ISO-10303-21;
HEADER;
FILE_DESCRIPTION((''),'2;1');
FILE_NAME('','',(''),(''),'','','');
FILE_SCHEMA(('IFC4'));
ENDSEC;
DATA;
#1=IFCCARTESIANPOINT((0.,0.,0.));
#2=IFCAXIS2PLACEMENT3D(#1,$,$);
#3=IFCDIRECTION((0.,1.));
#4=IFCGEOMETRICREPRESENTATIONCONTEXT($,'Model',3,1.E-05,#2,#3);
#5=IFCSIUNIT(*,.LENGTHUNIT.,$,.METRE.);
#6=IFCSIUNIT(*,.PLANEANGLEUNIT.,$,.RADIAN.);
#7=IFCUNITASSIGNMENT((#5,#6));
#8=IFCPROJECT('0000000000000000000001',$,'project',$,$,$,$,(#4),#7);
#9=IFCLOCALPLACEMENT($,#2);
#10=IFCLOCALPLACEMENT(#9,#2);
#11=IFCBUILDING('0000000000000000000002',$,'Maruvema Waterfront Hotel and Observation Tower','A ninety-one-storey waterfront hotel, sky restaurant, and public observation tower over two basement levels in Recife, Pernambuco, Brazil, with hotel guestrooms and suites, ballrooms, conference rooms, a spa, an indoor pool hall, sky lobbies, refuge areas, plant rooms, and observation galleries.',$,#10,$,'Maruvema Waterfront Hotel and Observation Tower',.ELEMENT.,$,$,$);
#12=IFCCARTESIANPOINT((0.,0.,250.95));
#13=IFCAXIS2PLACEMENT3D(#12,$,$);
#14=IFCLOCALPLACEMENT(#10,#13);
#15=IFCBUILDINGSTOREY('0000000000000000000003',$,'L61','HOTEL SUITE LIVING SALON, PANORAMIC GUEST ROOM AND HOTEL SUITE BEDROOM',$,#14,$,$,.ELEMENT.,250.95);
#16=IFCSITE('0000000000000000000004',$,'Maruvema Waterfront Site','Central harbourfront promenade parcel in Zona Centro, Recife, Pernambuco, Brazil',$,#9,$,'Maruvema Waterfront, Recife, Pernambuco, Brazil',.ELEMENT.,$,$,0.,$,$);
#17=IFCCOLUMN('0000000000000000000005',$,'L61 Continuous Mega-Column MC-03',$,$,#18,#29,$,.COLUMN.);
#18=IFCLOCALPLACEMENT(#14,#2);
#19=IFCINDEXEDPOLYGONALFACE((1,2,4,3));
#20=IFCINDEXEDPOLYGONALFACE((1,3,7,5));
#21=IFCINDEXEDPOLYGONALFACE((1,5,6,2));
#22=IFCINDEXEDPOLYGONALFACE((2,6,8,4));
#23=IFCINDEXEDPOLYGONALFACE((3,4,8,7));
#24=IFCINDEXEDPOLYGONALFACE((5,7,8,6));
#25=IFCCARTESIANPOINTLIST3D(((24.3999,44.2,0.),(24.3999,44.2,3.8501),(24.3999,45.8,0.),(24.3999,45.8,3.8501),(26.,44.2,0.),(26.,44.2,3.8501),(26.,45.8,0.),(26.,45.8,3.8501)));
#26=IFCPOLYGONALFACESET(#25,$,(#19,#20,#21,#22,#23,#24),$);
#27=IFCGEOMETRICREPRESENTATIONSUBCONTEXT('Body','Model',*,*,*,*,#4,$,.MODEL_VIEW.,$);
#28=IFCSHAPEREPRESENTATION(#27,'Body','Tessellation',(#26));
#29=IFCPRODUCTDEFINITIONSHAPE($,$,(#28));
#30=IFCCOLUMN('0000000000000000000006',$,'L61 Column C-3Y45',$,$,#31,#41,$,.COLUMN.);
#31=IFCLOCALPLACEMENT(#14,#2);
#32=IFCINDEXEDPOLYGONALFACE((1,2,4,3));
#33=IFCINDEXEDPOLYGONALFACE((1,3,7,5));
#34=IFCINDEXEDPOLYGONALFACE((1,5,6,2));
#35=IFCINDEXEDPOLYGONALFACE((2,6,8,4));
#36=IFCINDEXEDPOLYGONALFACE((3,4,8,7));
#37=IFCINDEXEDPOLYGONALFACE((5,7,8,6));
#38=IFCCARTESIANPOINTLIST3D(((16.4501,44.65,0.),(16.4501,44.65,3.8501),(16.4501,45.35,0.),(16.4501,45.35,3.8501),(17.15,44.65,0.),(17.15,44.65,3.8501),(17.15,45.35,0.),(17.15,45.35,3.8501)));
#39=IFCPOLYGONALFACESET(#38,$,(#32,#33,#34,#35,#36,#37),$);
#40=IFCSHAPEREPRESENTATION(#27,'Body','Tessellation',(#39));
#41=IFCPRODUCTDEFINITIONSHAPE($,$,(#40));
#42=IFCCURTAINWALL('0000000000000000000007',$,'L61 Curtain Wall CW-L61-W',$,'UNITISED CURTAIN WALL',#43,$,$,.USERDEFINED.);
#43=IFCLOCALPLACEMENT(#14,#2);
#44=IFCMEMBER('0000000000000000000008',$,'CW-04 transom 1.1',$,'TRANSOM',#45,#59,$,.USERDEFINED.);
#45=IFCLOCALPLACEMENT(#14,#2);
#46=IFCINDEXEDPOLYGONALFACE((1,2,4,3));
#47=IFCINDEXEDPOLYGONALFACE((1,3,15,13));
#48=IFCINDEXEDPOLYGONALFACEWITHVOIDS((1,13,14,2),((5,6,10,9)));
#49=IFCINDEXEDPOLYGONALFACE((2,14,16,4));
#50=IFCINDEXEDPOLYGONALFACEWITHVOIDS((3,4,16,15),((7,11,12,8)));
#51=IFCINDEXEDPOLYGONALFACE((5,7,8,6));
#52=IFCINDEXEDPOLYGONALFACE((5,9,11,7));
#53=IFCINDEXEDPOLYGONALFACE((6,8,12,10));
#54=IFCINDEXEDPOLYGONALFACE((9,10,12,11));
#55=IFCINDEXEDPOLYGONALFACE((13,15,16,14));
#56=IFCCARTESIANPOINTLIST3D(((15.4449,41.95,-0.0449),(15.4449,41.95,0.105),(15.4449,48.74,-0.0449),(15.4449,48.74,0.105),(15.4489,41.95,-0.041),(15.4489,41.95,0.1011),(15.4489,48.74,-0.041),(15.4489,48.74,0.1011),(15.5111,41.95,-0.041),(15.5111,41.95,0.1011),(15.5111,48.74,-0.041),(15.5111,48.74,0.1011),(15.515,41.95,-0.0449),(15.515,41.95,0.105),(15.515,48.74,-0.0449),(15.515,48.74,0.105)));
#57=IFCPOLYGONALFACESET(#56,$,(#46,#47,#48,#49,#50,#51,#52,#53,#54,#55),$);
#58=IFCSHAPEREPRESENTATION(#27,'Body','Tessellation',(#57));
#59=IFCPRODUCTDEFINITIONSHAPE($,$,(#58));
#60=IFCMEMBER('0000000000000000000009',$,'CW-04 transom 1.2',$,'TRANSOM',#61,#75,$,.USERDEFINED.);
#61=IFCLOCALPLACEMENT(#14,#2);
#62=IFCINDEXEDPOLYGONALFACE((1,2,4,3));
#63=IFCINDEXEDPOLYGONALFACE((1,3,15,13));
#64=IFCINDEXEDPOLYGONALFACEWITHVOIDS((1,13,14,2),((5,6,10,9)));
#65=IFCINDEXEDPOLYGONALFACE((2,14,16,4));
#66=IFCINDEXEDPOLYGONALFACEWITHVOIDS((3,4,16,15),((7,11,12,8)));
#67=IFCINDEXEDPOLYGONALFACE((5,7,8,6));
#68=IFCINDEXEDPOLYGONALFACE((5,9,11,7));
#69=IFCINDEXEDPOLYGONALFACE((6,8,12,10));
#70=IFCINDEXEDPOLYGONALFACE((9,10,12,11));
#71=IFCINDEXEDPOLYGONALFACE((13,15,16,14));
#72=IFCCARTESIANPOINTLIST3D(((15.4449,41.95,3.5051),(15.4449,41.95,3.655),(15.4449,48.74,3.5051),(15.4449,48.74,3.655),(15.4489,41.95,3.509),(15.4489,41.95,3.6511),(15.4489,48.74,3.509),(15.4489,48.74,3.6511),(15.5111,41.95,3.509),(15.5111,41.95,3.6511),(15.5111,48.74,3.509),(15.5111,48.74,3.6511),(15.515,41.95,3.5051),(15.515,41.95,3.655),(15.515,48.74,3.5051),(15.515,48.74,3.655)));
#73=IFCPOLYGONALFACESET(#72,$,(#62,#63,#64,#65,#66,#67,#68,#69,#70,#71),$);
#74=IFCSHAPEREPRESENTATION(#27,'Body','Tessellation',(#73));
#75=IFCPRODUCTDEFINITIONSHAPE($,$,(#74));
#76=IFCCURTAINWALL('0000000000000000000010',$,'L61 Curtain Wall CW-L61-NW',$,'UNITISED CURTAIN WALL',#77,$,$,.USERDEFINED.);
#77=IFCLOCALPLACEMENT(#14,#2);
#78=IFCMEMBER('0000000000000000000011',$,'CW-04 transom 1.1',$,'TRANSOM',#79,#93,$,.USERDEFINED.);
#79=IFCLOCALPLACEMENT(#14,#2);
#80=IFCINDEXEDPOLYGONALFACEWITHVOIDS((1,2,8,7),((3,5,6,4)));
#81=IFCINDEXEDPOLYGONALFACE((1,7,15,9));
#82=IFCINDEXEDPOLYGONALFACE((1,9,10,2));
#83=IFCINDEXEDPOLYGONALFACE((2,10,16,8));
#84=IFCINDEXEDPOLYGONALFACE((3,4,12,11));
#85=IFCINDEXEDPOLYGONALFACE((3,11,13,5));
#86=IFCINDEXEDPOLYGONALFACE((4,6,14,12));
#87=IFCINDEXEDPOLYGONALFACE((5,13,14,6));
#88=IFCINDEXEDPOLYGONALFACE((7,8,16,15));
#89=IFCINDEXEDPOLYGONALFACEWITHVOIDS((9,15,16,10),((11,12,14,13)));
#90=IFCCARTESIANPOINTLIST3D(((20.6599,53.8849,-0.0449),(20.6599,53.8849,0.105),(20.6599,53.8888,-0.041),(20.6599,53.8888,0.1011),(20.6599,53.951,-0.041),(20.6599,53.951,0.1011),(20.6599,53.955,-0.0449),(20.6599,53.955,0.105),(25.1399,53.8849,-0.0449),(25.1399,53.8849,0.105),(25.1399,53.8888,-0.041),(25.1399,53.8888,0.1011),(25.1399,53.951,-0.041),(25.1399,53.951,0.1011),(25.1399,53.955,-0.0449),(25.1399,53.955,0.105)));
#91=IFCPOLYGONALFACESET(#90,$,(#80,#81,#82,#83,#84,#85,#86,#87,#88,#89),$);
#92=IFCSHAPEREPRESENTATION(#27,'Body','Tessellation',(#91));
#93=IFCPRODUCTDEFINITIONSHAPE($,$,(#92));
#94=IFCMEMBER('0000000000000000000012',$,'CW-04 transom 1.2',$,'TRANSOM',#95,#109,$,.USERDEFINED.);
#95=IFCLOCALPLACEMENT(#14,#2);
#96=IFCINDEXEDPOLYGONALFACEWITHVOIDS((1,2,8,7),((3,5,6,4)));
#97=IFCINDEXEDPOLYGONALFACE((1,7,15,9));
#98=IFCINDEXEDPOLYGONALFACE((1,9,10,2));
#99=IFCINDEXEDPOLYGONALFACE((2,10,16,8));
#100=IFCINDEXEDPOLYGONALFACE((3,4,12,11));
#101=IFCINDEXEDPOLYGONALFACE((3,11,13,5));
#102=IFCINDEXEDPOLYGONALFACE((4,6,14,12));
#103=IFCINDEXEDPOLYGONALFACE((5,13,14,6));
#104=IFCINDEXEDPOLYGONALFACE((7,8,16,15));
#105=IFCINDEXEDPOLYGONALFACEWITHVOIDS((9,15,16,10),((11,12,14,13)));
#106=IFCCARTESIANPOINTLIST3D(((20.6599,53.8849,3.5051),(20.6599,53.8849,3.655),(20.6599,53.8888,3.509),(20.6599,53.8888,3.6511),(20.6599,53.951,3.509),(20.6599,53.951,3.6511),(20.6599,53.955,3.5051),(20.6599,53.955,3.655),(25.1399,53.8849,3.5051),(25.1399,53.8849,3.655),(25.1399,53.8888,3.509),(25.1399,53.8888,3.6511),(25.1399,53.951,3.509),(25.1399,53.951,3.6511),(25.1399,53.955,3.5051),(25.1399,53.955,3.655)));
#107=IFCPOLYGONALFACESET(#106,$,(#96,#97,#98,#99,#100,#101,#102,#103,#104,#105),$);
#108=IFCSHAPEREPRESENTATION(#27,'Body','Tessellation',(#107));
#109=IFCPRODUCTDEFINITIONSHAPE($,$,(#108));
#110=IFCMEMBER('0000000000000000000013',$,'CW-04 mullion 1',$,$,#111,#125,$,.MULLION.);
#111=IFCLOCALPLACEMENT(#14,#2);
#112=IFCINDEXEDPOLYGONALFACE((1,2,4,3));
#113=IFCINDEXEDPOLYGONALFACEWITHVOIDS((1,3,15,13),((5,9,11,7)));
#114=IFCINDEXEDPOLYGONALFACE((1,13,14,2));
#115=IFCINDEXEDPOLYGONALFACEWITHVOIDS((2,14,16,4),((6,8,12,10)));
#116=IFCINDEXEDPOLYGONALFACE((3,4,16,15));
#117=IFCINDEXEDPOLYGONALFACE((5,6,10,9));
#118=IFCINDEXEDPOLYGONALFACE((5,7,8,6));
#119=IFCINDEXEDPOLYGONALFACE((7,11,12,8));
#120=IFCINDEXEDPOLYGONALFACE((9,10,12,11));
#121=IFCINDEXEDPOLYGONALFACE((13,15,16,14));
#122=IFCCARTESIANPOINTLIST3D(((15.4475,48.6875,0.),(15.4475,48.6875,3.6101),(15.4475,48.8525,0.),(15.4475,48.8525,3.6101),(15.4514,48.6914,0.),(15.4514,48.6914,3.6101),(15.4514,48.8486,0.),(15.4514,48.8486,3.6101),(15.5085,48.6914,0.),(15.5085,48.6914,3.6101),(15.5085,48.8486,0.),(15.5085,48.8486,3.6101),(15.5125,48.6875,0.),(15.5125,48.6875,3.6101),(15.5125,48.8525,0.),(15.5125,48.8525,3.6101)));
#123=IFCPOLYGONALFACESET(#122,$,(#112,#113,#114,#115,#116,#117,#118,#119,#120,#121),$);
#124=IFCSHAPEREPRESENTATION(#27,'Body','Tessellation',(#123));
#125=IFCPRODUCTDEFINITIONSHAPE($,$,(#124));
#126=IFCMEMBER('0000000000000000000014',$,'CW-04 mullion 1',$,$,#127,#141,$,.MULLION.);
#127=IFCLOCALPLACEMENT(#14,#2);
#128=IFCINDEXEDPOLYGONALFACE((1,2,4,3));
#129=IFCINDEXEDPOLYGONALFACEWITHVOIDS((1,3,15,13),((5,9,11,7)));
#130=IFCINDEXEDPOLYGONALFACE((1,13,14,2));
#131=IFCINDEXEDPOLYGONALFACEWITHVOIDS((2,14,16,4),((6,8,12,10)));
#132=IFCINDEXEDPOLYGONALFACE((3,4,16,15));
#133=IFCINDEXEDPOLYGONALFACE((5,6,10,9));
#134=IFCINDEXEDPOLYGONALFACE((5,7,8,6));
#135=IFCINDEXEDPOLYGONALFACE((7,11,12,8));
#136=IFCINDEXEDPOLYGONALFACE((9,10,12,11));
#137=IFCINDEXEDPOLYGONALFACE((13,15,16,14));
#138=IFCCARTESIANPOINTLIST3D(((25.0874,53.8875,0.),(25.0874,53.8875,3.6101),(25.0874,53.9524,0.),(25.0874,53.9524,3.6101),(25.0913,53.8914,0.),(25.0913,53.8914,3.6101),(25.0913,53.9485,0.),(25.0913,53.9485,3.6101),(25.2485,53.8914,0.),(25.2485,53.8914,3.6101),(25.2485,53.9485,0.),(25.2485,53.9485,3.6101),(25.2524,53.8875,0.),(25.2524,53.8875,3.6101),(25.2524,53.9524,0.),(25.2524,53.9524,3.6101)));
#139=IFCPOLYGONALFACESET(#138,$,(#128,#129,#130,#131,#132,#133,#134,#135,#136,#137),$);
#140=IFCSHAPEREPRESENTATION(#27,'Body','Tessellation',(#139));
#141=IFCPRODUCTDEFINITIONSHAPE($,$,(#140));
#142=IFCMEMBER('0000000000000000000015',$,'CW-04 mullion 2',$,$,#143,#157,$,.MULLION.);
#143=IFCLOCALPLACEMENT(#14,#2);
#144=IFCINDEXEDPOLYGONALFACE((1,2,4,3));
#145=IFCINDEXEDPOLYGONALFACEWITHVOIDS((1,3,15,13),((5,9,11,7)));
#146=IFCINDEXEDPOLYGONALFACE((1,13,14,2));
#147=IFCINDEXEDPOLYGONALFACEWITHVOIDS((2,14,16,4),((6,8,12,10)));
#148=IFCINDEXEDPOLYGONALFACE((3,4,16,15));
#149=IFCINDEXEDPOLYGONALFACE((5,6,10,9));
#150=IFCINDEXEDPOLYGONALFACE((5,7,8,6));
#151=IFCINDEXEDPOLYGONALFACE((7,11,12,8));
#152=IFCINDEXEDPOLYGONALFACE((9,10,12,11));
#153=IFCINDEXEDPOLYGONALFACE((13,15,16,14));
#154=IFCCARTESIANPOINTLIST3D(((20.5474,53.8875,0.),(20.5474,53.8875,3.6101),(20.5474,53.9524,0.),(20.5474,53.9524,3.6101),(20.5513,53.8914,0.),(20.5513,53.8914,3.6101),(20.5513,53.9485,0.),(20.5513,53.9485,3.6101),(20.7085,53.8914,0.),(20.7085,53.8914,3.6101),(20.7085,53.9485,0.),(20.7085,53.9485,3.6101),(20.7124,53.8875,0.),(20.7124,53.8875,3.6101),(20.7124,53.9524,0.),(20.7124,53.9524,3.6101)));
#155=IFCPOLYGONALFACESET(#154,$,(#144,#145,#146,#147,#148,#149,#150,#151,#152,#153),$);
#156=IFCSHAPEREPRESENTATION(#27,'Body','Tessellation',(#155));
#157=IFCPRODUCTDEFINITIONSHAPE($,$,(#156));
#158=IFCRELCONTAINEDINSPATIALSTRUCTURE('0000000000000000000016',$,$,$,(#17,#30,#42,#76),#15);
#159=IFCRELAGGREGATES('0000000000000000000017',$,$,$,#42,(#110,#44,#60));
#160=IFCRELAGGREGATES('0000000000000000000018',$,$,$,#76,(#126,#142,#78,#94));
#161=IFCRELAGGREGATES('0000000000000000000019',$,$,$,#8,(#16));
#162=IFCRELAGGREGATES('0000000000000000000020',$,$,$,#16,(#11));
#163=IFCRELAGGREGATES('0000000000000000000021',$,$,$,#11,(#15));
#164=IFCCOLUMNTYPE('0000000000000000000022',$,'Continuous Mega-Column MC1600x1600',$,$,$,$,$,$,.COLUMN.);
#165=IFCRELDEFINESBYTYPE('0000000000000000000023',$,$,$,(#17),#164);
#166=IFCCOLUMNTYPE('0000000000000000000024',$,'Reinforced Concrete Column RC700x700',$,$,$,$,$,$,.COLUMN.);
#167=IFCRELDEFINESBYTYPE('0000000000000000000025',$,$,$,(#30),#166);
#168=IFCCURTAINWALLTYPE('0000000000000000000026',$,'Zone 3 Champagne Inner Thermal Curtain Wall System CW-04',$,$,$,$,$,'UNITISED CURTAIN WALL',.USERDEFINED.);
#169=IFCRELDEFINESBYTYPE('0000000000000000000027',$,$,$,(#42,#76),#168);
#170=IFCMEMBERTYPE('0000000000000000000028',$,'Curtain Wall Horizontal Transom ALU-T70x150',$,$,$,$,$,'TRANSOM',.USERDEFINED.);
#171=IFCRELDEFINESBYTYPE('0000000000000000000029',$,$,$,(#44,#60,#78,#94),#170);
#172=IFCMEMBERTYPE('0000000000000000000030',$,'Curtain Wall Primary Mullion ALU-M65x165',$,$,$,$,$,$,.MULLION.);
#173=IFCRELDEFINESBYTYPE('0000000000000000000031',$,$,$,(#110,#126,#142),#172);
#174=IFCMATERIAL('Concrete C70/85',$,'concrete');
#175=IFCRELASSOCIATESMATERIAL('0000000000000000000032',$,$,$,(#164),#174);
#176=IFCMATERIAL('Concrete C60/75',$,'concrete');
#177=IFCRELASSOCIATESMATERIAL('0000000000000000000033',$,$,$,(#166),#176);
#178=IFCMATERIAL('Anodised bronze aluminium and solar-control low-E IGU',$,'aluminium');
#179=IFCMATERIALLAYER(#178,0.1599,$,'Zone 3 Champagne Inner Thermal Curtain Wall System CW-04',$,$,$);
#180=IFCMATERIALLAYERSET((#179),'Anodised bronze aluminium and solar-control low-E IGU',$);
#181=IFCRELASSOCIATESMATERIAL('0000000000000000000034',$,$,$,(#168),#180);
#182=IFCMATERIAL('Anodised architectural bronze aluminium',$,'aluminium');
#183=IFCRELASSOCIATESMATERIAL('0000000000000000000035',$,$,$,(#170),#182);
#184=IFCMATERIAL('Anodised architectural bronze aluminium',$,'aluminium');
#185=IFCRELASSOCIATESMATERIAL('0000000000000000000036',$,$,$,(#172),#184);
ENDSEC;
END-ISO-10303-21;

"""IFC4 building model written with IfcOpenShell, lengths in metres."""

from ifc_helpers import new_model, si_unit, direction, frame, origin, origin_2d, place, context, subcontext, project, spatial, rectangle, hollow_rectangle, extrude, material, layer, layer_set, material_profile, profile_set, type_object, element, aggregate, save


model = new_model("IFC4")

# Units and contexts
model_context = context("Model", 3, precision=1e-05, world=origin(), true_north=direction((0.0, 1.0)))
body_context = subcontext(model_context, "Body", "Model", "MODEL_VIEW")
ifc_project = project(units=[si_unit("LENGTHUNIT", "METRE"), si_unit("PLANEANGLEUNIT", "RADIAN")], contexts=[model_context])

# Site, building, storey
site_placement = place(None, origin())
site = spatial("IfcSite", under=ifc_project, at=site_placement, Name="Maruvema Waterfront Site", Description="Central harbourfront promenade parcel in Zona Centro, Recife, Pernambuco, Brazil", LongName="Maruvema Waterfront, Recife, Pernambuco, Brazil", CompositionType="ELEMENT", RefElevation=0.0)
building_placement = place(site_placement, origin())
building = spatial("IfcBuilding", under=site, at=building_placement, Name="Maruvema Waterfront Hotel and Observation Tower", Description="A ninety-one-storey waterfront hotel, sky restaurant, and public observation tower over two basement levels in Recife, Pernambuco, Brazil, with hotel guestrooms and suites, ballrooms, conference rooms, a spa, an indoor pool hall, sky lobbies, refuge areas, plant rooms, and observation galleries.", LongName="Maruvema Waterfront Hotel and Observation Tower", CompositionType="ELEMENT")
storey_placement = place(building_placement, frame((0.0, 0.0, 250.95)))
storey = spatial("IfcBuildingStorey", under=building, at=storey_placement, Name="L61", Description="HOTEL SUITE LIVING SALON, PANORAMIC GUEST ROOM AND HOTEL SUITE BEDROOM", CompositionType="ELEMENT", Elevation=250.95)

# Columns
ifc_material_1 = material(Name="Concrete C70/85", Category="concrete")
ifc_material_profile_1 = material_profile(ifc_material_1, rectangle(XDim=1.6001, YDim=1.6001, at=origin_2d()), Name="MC1600x1600")
ifc_profile_set_1 = profile_set([ifc_material_profile_1], Name="Concrete C70/85")
column_type_1 = type_object("IfcColumnType", Name="Continuous Mega-Column MC1600x1600", PredefinedType="COLUMN", material=ifc_profile_set_1)
column_1_placement = place(storey_placement, frame((25.2, 45.0, 0.0), z_axis=(0.0, 0.0, 1.0), x_axis=(1.0, 0.0, 0.0)))
element("IfcColumn", 1, at=column_1_placement, inside=storey, type_object=column_type_1, Name="L61 Continuous Mega-Column MC-03", PredefinedType="COLUMN", context=body_context, shape_type="SweptSolid", body=[
    extrude(rectangle(XDim=1.6001, YDim=1.6001, at=origin_2d()), origin(), (0.0, 0.0, 1.0), 3.8501),
])
ifc_material_2 = material(Name="Concrete C60/75", Category="concrete")
ifc_material_profile_2 = material_profile(ifc_material_2, rectangle(XDim=0.7, YDim=0.7, at=origin_2d()), Name="RC700x700")
ifc_profile_set_2 = profile_set([ifc_material_profile_2], Name="Concrete C60/75")
column_type_2 = type_object("IfcColumnType", Name="Reinforced Concrete Column RC700x700", PredefinedType="COLUMN", material=ifc_profile_set_2)
column_2_placement = place(storey_placement, frame((16.8, 45.0, 0.0), z_axis=(0.0, 0.0, 1.0), x_axis=(1.0, 0.0, 0.0)))
element("IfcColumn", 2, at=column_2_placement, inside=storey, type_object=column_type_2, Name="L61 Column C-3Y45", PredefinedType="COLUMN", context=body_context, shape_type="SweptSolid", body=[
    extrude(rectangle(XDim=0.7, YDim=0.7, at=origin_2d()), origin(), (0.0, 0.0, 1.0), 3.8501),
])

# Curtain walls, members
ifc_material_3 = material(Name="Anodised bronze aluminium and solar-control low-E IGU", Category="aluminium")
ifc_layer_1 = layer(ifc_material_3, 0.1599, Name="Zone 3 Champagne Inner Thermal Curtain Wall System CW-04")
ifc_layer_set_1 = layer_set([ifc_layer_1], Name="Anodised bronze aluminium and solar-control low-E IGU")
curtain_wall_type = type_object("IfcCurtainWallType", Name="Zone 3 Champagne Inner Thermal Curtain Wall System CW-04", ElementType="UNITISED CURTAIN WALL", PredefinedType="USERDEFINED", material=ifc_layer_set_1)
curtain_wall_1_placement = place(storey_placement, origin())
curtain_wall_1 = element("IfcCurtainWall", 3, at=curtain_wall_1_placement, inside=storey, type_object=curtain_wall_type, Name="L61 Curtain Wall CW-L61-W", ObjectType="UNITISED CURTAIN WALL", PredefinedType="USERDEFINED")
ifc_material_4 = material(Name="Anodised architectural bronze aluminium", Category="aluminium")
ifc_material_profile_3 = material_profile(ifc_material_4, hollow_rectangle(XDim=0.0701, YDim=0.1499, WallThickness=0.0039, at=origin_2d()), Name="ALU-T70x150")
ifc_profile_set_3 = profile_set([ifc_material_profile_3], Name="Anodised architectural bronze aluminium")
member_type_1 = type_object("IfcMemberType", Name="Curtain Wall Horizontal Transom ALU-T70x150", ElementType="TRANSOM", PredefinedType="USERDEFINED", material=ifc_profile_set_3)
member_1_placement = place(storey_placement, frame((15.48, 48.74, 0.03), z_axis=(0.0, -1.0, 0.0), x_axis=(1.0, 0.0, 0.0)))
member_1 = element("IfcMember", 4, at=member_1_placement, type_object=member_type_1, Name="CW-04 transom 1.1", ObjectType="TRANSOM", PredefinedType="USERDEFINED", context=body_context, shape_type="SweptSolid", body=[
    extrude(hollow_rectangle(XDim=0.0701, YDim=0.1499, WallThickness=0.0039, at=origin_2d()), origin(), (0.0, 0.0, 1.0), 6.79),
])
member_2_placement = place(storey_placement, frame((15.48, 48.74, 3.5801), z_axis=(0.0, -1.0, 0.0), x_axis=(1.0, 0.0, 0.0)))
member_2 = element("IfcMember", 5, at=member_2_placement, type_object=member_type_1, Name="CW-04 transom 1.2", ObjectType="TRANSOM", PredefinedType="USERDEFINED", context=body_context, shape_type="SweptSolid", body=[
    extrude(hollow_rectangle(XDim=0.0701, YDim=0.1499, WallThickness=0.0039, at=origin_2d()), origin(), (0.0, 0.0, 1.0), 6.79),
])
curtain_wall_2_placement = place(storey_placement, origin())
curtain_wall_2 = element("IfcCurtainWall", 6, at=curtain_wall_2_placement, inside=storey, type_object=curtain_wall_type, Name="L61 Curtain Wall CW-L61-NW", ObjectType="UNITISED CURTAIN WALL", PredefinedType="USERDEFINED")
member_3_placement = place(storey_placement, frame((25.1399, 53.9199, 0.03), z_axis=(-1.0, 0.0, 0.0), x_axis=(0.0, -1.0, 0.0)))
member_3 = element("IfcMember", 7, at=member_3_placement, type_object=member_type_1, Name="CW-04 transom 1.1", ObjectType="TRANSOM", PredefinedType="USERDEFINED", context=body_context, shape_type="SweptSolid", body=[
    extrude(hollow_rectangle(XDim=0.0701, YDim=0.1499, WallThickness=0.0039, at=origin_2d()), origin(), (0.0, 0.0, 1.0), 4.48),
])
member_4_placement = place(storey_placement, frame((25.1399, 53.9199, 3.5801), z_axis=(-1.0, 0.0, 0.0), x_axis=(0.0, -1.0, 0.0)))
member_4 = element("IfcMember", 8, at=member_4_placement, type_object=member_type_1, Name="CW-04 transom 1.2", ObjectType="TRANSOM", PredefinedType="USERDEFINED", context=body_context, shape_type="SweptSolid", body=[
    extrude(hollow_rectangle(XDim=0.0701, YDim=0.1499, WallThickness=0.0039, at=origin_2d()), origin(), (0.0, 0.0, 1.0), 4.48),
])

# Members
ifc_material_5 = material(Name="Anodised architectural bronze aluminium", Category="aluminium")
ifc_material_profile_4 = material_profile(ifc_material_5, hollow_rectangle(XDim=0.0649, YDim=0.165, WallThickness=0.0039, at=origin_2d()), Name="ALU-M65x165")
ifc_profile_set_4 = profile_set([ifc_material_profile_4], Name="Anodised architectural bronze aluminium")
member_type_2 = type_object("IfcMemberType", Name="Curtain Wall Primary Mullion ALU-M65x165", PredefinedType="MULLION", material=ifc_profile_set_4)
member_5_placement = place(storey_placement, frame((15.48, 48.77, 0.0), z_axis=(0.0, 0.0, 1.0), x_axis=(1.0, 0.0, 0.0)))
member_5 = element("IfcMember", 9, at=member_5_placement, type_object=member_type_2, Name="CW-04 mullion 1", PredefinedType="MULLION", context=body_context, shape_type="SweptSolid", body=[
    extrude(hollow_rectangle(XDim=0.0649, YDim=0.165, WallThickness=0.0039, at=origin_2d()), origin(), (0.0, 0.0, 1.0), 3.6101),
])
member_6_placement = place(storey_placement, frame((25.1699, 53.9199, 0.0), z_axis=(0.0, 0.0, 1.0), x_axis=(0.0, -1.0, 0.0)))
member_6 = element("IfcMember", 10, at=member_6_placement, type_object=member_type_2, Name="CW-04 mullion 1", PredefinedType="MULLION", context=body_context, shape_type="SweptSolid", body=[
    extrude(hollow_rectangle(XDim=0.0649, YDim=0.165, WallThickness=0.0039, at=origin_2d()), origin(), (0.0, 0.0, 1.0), 3.6101),
])
member_7_placement = place(storey_placement, frame((20.6299, 53.9199, 0.0), z_axis=(0.0, 0.0, 1.0), x_axis=(0.0, -1.0, 0.0)))
member_7 = element("IfcMember", 11, at=member_7_placement, type_object=member_type_2, Name="CW-04 mullion 2", PredefinedType="MULLION", context=body_context, shape_type="SweptSolid", body=[
    extrude(hollow_rectangle(XDim=0.0649, YDim=0.165, WallThickness=0.0039, at=origin_2d()), origin(), (0.0, 0.0, 1.0), 3.6101),
])

aggregate(curtain_wall_1, [member_5, member_1, member_2])
aggregate(curtain_wall_2, [member_6, member_7, member_3, member_4])

save(model, "model.ifc")
